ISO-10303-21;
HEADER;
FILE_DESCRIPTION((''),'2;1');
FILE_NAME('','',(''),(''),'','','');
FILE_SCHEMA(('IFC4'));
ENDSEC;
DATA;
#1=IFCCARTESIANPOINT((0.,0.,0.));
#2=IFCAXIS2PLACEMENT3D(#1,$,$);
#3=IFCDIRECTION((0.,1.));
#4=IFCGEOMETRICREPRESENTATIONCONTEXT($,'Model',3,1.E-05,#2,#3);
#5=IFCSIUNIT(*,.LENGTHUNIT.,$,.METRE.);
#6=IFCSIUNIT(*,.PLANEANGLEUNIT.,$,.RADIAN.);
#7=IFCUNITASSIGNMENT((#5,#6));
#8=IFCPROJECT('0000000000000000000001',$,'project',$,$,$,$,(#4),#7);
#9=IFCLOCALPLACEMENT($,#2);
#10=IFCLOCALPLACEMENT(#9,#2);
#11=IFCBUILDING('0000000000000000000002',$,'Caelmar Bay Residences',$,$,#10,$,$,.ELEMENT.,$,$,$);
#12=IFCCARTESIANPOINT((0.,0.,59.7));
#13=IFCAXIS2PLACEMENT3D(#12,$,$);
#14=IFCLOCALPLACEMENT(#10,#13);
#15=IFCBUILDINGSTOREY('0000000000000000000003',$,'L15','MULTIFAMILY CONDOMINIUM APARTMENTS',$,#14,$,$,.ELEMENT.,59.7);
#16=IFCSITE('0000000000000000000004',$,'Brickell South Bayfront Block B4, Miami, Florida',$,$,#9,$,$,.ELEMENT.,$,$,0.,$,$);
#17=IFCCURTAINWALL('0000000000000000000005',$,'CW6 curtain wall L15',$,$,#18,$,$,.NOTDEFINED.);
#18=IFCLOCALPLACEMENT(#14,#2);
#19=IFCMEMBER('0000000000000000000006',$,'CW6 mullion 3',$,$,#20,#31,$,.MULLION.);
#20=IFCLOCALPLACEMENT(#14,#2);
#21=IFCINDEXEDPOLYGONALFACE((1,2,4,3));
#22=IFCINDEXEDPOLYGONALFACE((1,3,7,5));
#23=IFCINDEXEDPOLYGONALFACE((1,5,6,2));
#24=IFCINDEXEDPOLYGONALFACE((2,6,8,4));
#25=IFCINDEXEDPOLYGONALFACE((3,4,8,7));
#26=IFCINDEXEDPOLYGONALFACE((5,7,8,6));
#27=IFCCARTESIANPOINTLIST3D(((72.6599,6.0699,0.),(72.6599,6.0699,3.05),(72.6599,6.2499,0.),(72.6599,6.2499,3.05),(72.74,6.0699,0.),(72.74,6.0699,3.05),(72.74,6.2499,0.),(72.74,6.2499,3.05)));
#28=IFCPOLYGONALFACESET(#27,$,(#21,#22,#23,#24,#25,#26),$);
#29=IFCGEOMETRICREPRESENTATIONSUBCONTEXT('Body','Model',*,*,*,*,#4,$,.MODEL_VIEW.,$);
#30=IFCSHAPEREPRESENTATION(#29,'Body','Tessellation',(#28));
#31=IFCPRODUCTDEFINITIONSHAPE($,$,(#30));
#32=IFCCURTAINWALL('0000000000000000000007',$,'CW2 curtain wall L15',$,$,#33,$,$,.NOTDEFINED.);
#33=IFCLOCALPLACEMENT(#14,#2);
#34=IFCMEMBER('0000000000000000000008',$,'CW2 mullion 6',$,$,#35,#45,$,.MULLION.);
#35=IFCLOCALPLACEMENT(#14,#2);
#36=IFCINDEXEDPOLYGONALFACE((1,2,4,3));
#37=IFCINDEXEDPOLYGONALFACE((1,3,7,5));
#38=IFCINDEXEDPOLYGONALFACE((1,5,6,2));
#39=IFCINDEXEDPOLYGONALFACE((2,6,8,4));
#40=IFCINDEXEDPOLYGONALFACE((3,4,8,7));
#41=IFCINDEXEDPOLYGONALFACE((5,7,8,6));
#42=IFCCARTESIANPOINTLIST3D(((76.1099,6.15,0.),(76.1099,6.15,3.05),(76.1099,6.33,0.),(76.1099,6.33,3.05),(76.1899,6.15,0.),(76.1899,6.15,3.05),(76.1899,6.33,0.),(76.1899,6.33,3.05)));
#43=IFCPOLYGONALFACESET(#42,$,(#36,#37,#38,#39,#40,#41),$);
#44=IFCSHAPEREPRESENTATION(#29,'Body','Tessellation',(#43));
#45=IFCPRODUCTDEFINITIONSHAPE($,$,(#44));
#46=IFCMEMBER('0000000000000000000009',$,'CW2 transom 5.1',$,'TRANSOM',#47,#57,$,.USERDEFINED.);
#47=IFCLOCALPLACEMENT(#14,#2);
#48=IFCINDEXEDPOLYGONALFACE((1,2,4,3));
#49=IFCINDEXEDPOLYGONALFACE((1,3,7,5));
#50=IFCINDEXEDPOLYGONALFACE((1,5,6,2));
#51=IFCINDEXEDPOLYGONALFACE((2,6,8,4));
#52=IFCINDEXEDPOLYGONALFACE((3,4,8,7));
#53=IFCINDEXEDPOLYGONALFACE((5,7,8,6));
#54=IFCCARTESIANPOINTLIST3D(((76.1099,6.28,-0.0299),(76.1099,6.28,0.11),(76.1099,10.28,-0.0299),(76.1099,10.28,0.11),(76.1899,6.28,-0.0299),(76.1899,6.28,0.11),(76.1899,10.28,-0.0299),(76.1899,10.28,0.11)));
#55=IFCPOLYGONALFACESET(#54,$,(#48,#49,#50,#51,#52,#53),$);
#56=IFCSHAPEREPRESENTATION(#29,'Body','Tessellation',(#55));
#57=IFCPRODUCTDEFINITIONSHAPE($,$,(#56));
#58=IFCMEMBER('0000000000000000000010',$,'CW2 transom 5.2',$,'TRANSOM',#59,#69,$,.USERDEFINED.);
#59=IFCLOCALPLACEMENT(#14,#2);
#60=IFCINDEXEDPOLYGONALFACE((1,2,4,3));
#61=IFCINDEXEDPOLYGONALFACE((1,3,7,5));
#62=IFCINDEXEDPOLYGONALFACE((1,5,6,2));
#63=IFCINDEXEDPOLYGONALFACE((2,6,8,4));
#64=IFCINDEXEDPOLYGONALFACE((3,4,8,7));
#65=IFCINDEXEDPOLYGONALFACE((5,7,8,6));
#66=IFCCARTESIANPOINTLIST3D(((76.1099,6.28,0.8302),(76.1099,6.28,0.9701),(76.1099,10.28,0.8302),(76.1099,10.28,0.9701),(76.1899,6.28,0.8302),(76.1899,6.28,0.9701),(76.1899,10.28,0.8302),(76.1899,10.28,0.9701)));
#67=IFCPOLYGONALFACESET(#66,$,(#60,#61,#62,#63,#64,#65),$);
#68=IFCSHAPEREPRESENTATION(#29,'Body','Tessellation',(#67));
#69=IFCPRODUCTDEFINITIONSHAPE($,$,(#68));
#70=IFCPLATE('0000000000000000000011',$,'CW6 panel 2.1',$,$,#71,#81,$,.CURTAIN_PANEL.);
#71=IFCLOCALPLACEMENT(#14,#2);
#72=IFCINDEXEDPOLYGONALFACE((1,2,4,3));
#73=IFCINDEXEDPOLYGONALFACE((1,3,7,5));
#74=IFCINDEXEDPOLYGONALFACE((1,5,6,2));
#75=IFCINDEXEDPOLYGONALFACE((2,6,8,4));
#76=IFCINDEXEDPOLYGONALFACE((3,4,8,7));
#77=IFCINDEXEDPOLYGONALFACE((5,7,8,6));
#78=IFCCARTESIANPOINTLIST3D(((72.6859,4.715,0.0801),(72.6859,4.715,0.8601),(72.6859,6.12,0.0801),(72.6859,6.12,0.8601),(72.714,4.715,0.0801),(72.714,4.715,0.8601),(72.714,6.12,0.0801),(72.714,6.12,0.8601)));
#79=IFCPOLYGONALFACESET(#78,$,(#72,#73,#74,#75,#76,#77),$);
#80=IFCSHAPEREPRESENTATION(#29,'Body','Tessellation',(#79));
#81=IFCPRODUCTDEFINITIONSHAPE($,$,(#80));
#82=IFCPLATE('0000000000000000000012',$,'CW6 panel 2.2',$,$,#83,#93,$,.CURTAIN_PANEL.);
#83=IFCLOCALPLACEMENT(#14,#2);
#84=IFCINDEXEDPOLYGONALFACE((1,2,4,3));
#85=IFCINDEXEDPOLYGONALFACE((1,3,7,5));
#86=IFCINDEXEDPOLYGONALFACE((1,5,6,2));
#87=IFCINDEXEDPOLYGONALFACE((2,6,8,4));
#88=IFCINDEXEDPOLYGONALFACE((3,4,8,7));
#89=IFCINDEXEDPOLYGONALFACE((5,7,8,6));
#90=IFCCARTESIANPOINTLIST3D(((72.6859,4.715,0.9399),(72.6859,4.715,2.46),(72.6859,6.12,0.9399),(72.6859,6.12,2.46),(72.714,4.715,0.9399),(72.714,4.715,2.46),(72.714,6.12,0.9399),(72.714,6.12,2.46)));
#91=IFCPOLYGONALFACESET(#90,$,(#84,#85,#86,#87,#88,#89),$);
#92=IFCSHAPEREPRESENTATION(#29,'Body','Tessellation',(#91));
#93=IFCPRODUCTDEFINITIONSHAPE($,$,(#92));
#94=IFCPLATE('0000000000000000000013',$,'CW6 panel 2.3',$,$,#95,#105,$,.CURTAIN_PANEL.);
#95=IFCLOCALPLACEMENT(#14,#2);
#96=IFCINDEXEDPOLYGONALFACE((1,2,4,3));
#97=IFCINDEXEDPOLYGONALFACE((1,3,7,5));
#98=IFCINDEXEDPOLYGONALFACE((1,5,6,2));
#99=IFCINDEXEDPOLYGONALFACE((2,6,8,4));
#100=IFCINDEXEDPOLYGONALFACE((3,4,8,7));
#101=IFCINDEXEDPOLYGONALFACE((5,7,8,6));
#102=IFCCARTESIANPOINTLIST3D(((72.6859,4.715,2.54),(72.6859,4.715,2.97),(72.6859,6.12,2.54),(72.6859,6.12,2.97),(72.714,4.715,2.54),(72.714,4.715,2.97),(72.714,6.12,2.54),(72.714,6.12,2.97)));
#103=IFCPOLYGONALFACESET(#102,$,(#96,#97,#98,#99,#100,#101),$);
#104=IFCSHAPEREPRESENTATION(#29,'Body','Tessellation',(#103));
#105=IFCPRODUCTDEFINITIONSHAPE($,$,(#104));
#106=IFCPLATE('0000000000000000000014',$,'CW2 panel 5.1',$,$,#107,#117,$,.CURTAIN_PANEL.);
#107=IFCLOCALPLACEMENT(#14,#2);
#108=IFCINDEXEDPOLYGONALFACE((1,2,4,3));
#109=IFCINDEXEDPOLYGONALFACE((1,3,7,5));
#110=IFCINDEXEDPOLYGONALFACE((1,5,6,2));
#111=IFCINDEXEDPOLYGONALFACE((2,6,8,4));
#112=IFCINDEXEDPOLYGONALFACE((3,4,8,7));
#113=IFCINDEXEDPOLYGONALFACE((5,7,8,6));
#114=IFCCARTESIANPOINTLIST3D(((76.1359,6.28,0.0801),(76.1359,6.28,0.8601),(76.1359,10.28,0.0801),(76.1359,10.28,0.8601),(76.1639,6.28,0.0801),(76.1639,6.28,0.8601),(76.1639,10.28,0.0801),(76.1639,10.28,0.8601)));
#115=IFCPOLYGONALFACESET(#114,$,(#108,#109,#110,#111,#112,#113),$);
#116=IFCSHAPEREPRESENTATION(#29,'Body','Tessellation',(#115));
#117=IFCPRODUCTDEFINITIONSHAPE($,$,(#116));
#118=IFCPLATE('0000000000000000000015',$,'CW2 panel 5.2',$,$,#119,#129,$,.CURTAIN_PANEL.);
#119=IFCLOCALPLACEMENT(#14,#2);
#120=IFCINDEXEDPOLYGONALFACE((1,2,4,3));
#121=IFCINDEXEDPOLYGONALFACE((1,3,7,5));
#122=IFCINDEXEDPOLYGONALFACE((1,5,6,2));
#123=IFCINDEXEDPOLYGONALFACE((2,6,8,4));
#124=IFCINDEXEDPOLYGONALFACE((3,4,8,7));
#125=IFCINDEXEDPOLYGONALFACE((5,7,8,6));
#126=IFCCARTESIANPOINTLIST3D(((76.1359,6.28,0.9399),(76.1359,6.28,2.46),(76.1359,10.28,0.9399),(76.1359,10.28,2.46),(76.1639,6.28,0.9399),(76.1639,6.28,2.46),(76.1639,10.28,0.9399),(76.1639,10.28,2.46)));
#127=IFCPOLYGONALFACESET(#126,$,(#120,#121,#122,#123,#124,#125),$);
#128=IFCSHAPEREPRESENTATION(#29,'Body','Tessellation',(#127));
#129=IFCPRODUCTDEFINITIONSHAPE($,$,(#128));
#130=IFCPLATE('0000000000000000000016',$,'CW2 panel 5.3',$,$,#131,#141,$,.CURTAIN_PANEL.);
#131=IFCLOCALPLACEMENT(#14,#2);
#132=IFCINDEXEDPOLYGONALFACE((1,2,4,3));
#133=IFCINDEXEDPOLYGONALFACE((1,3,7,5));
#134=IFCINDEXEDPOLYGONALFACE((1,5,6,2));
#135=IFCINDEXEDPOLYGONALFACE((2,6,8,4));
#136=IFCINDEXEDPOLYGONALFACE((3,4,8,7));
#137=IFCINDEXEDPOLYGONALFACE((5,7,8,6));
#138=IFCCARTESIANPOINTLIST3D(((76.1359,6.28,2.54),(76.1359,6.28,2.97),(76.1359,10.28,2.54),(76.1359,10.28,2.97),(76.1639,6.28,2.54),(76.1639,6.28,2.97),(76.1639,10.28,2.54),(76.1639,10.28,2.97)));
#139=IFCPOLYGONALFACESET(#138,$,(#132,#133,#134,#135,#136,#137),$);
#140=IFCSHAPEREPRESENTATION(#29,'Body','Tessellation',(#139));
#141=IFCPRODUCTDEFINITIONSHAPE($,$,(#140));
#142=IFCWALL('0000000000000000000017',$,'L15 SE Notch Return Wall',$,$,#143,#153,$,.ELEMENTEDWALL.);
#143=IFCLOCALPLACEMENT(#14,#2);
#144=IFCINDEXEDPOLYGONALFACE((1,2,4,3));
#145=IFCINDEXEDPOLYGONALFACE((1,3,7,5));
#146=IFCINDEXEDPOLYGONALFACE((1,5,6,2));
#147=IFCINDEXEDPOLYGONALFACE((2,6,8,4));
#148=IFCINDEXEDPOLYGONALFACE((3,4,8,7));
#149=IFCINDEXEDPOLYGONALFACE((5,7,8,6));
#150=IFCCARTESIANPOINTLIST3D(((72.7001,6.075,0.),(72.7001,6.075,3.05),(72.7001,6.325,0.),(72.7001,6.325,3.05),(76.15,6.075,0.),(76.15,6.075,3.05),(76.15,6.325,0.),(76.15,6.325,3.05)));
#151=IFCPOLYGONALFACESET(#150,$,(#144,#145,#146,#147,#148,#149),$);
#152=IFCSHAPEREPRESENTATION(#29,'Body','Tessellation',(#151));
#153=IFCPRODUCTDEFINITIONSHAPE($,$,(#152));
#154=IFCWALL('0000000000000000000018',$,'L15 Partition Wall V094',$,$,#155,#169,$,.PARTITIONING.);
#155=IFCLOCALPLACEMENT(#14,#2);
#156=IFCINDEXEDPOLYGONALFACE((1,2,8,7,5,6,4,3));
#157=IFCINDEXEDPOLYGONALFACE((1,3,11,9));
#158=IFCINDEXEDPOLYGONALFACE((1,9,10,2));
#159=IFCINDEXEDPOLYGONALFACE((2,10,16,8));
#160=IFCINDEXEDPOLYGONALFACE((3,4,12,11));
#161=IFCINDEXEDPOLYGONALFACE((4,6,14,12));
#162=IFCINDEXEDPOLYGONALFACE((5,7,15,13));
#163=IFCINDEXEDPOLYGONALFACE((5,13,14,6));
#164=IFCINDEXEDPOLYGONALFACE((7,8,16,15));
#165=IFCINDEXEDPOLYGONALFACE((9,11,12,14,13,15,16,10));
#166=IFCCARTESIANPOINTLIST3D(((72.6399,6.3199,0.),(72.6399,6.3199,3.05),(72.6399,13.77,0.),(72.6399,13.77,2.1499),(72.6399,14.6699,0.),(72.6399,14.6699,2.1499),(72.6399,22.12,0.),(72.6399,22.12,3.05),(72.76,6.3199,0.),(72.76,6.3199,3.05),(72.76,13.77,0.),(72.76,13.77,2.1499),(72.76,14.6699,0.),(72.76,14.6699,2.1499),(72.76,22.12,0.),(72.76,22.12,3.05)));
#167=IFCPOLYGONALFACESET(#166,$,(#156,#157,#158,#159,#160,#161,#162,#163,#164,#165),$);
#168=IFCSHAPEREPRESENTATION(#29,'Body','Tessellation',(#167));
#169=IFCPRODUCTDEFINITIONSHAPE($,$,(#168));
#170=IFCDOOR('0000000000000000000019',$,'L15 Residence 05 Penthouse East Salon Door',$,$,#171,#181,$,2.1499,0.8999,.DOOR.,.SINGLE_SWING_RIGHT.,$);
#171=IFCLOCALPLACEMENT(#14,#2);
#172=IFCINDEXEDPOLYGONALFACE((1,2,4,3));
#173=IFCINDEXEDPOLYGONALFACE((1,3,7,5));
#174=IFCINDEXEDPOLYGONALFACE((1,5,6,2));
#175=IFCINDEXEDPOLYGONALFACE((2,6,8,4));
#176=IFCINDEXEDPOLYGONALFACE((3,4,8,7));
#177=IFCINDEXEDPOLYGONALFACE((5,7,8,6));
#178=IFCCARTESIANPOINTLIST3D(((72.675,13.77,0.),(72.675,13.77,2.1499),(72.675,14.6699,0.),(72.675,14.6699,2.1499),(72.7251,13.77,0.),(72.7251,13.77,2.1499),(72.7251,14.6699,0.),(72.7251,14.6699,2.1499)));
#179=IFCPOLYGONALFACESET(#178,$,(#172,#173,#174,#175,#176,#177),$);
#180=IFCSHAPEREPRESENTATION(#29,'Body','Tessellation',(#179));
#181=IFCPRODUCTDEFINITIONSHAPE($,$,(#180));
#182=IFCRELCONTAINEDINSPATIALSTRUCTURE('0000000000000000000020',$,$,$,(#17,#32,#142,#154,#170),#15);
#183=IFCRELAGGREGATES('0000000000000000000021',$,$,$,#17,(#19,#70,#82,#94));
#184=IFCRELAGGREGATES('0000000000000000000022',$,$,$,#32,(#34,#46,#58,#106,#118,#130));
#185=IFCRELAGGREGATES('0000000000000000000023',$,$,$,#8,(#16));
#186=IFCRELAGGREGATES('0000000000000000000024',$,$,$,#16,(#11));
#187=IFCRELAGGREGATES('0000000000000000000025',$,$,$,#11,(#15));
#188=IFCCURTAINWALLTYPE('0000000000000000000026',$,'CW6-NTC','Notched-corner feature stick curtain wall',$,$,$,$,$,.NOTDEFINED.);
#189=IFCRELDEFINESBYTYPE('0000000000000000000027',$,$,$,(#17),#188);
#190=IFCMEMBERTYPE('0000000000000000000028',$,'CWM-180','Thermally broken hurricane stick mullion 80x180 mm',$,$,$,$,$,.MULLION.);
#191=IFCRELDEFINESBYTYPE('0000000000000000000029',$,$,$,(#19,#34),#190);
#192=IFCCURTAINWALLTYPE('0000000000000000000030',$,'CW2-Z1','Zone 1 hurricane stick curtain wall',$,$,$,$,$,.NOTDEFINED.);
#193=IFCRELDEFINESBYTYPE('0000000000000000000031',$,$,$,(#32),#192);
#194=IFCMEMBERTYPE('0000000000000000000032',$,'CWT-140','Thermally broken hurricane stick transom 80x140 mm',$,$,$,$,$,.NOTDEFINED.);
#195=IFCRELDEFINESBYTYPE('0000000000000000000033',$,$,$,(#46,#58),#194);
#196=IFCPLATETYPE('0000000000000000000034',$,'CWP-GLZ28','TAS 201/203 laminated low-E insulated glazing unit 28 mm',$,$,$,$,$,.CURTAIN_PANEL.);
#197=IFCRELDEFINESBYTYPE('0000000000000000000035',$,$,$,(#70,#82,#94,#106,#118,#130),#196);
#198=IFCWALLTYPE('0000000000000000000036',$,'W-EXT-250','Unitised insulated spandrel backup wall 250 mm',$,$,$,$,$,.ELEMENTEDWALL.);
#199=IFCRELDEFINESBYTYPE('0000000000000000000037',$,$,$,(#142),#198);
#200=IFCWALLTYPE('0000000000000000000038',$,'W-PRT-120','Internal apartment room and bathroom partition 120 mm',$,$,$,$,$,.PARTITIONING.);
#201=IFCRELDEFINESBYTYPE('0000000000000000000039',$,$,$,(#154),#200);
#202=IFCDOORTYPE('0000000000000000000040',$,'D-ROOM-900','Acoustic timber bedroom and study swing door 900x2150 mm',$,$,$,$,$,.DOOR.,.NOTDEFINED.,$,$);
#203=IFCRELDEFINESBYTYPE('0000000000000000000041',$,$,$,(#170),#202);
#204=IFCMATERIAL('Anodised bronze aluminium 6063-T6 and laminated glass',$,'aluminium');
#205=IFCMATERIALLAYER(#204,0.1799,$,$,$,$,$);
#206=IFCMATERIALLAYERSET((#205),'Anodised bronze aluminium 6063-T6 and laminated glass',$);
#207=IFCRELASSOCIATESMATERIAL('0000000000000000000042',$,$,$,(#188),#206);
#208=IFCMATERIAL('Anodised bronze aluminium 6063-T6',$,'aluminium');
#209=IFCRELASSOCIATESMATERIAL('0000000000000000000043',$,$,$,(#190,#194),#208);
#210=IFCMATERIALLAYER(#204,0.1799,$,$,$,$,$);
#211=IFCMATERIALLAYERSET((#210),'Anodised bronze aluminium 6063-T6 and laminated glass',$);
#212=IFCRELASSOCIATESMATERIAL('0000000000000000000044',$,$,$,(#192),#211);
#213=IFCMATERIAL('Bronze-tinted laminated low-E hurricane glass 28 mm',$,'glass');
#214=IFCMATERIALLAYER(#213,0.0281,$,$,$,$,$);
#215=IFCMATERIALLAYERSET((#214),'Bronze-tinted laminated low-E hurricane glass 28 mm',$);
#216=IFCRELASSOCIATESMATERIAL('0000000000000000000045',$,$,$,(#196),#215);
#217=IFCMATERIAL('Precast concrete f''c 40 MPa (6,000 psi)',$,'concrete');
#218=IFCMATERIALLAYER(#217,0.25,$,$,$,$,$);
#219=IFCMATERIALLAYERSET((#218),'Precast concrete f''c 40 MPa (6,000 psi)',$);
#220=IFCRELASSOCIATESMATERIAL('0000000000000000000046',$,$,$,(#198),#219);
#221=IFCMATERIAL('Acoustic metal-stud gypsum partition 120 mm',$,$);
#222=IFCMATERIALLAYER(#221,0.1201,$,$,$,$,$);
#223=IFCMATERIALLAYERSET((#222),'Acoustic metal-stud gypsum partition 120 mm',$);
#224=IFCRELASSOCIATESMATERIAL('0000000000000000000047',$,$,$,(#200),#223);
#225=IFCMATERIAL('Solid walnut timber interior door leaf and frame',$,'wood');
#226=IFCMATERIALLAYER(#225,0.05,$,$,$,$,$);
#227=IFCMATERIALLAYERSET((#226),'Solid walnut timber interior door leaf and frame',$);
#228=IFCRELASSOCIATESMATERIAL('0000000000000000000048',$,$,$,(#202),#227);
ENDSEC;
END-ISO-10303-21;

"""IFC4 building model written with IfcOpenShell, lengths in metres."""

from ifc_helpers import new_model, si_unit, direction, frame, frame_2d, origin, origin_2d, place, context, subcontext, project, spatial, rectangle, extrude, material, layer, layer_set, material_profile, profile_set, type_object, element, fill, aggregate, save


model = new_model("IFC4")

# Units and contexts
model_context = context("Model", 3, precision=1e-05, world=origin(), true_north=direction((0.0, 1.0)))
body_context = subcontext(model_context, "Body", "Model", "MODEL_VIEW")
ifc_project = project(units=[si_unit("LENGTHUNIT", "METRE"), si_unit("PLANEANGLEUNIT", "RADIAN")], contexts=[model_context])

# Site, building, storey
site_placement = place(None, origin())
site = spatial("IfcSite", under=ifc_project, at=site_placement, Name="Brickell South Bayfront Block B4, Miami, Florida", CompositionType="ELEMENT", RefElevation=0.0)
building_placement = place(site_placement, origin())
building = spatial("IfcBuilding", under=site, at=building_placement, Name="Caelmar Bay Residences", CompositionType="ELEMENT")
storey_placement = place(building_placement, frame((0.0, 0.0, 59.7)))
storey = spatial("IfcBuildingStorey", under=building, at=storey_placement, Name="L15", Description="MULTIFAMILY CONDOMINIUM APARTMENTS", CompositionType="ELEMENT", Elevation=59.7)

# Curtain wall, member
ifc_material_1 = material(Name="Anodised bronze aluminium 6063-T6 and laminated glass", Category="aluminium")
ifc_layer_1 = layer(ifc_material_1, 0.1799)
ifc_layer_set_1 = layer_set([ifc_layer_1], Name="Anodised bronze aluminium 6063-T6 and laminated glass")
curtain_wall_type_1 = type_object("IfcCurtainWallType", Name="CW6-NTC", Description="Notched-corner feature stick curtain wall", PredefinedType="NOTDEFINED", material=ifc_layer_set_1)
curtain_wall_1_placement = place(storey_placement, origin())
curtain_wall_1 = element("IfcCurtainWall", 1, at=curtain_wall_1_placement, inside=storey, type_object=curtain_wall_type_1, Name="CW6 curtain wall L15", PredefinedType="NOTDEFINED")
ifc_material_2 = material(Name="Anodised bronze aluminium 6063-T6", Category="aluminium")
ifc_material_profile_1 = material_profile(ifc_material_2, rectangle(XDim=0.0801, YDim=0.1799, at=origin_2d()), Name="CWM-80X180")
ifc_profile_set_1 = profile_set([ifc_material_profile_1], Name="Anodised bronze aluminium 6063-T6")
member_type_1 = type_object("IfcMemberType", Name="CWM-180", Description="Thermally broken hurricane stick mullion 80x180 mm", PredefinedType="MULLION", material=ifc_profile_set_1)
member_1_placement = place(storey_placement, frame((72.7, 6.1599, 0.0), z_axis=(0.0, 0.0, 1.0), x_axis=(-1.0, 0.0, 0.0)))
member_1 = element("IfcMember", 2, at=member_1_placement, type_object=member_type_1, Name="CW6 mullion 3", PredefinedType="MULLION", context=body_context, shape_type="SweptSolid", body=[
    extrude(rectangle(XDim=0.0801, YDim=0.1799, at=origin_2d()), origin(), (0.0, 0.0, 1.0), 3.05),
])

# Curtain wall, members
ifc_layer_2 = layer(ifc_material_1, 0.1799)
ifc_layer_set_2 = layer_set([ifc_layer_2], Name="Anodised bronze aluminium 6063-T6 and laminated glass")
curtain_wall_type_2 = type_object("IfcCurtainWallType", Name="CW2-Z1", Description="Zone 1 hurricane stick curtain wall", PredefinedType="NOTDEFINED", material=ifc_layer_set_2)
curtain_wall_2_placement = place(storey_placement, origin())
curtain_wall_2 = element("IfcCurtainWall", 3, at=curtain_wall_2_placement, inside=storey, type_object=curtain_wall_type_2, Name="CW2 curtain wall L15", PredefinedType="NOTDEFINED")
member_2_placement = place(storey_placement, frame((76.1499, 6.24, 0.0), z_axis=(0.0, 0.0, 1.0), x_axis=(1.0, 0.0, 0.0)))
member_2 = element("IfcMember", 4, at=member_2_placement, type_object=member_type_1, Name="CW2 mullion 6", PredefinedType="MULLION", context=body_context, shape_type="SweptSolid", body=[
    extrude(rectangle(XDim=0.0801, YDim=0.1799, at=origin_2d()), origin(), (0.0, 0.0, 1.0), 3.05),
])
ifc_material_profile_2 = material_profile(ifc_material_2, rectangle(XDim=0.0801, YDim=0.1399, at=origin_2d()), Name="CWT-80X140")
ifc_profile_set_2 = profile_set([ifc_material_profile_2], Name="Anodised bronze aluminium 6063-T6")
member_type_2 = type_object("IfcMemberType", Name="CWT-140", Description="Thermally broken hurricane stick transom 80x140 mm", PredefinedType="NOTDEFINED", material=ifc_profile_set_2)
member_3_placement = place(storey_placement, frame((76.1499, 10.28, 0.04), z_axis=(0.0, -1.0, 0.0), x_axis=(1.0, 0.0, 0.0)))
member_3 = element("IfcMember", 5, at=member_3_placement, type_object=member_type_2, Name="CW2 transom 5.1", ObjectType="TRANSOM", PredefinedType="USERDEFINED", context=body_context, shape_type="SweptSolid", body=[
    extrude(rectangle(XDim=0.0801, YDim=0.1399, at=origin_2d()), origin(), (0.0, 0.0, 1.0), 4.0),
])
member_4_placement = place(storey_placement, frame((76.1499, 10.28, 0.9001), z_axis=(0.0, -1.0, 0.0), x_axis=(1.0, 0.0, 0.0)))
member_4 = element("IfcMember", 6, at=member_4_placement, type_object=member_type_2, Name="CW2 transom 5.2", ObjectType="TRANSOM", PredefinedType="USERDEFINED", context=body_context, shape_type="SweptSolid", body=[
    extrude(rectangle(XDim=0.0801, YDim=0.1399, at=origin_2d()), origin(), (0.0, 0.0, 1.0), 4.0),
])

# Plates
ifc_material_3 = material(Name="Bronze-tinted laminated low-E hurricane glass 28 mm", Category="glass")
ifc_layer_3 = layer(ifc_material_3, 0.0281)
ifc_layer_set_3 = layer_set([ifc_layer_3], Name="Bronze-tinted laminated low-E hurricane glass 28 mm")
plate_type = type_object("IfcPlateType", Name="CWP-GLZ28", Description="TAS 201/203 laminated low-E insulated glazing unit 28 mm", PredefinedType="CURTAIN_PANEL", material=ifc_layer_set_3)
plate_1_placement = place(storey_placement, frame((72.7, 5.4175, 0.0801), z_axis=(0.0, 0.0, 1.0), x_axis=(0.0, 1.0, 0.0)))
plate_1 = element("IfcPlate", 7, at=plate_1_placement, type_object=plate_type, Name="CW6 panel 2.1", PredefinedType="CURTAIN_PANEL", context=body_context, shape_type="SweptSolid", body=[
    extrude(rectangle(XDim=1.405, YDim=0.0281, at=origin_2d()), origin(), (0.0, 0.0, 1.0), 0.78),
])
plate_2_placement = place(storey_placement, frame((72.7, 5.4175, 0.9399), z_axis=(0.0, 0.0, 1.0), x_axis=(0.0, 1.0, 0.0)))
plate_2 = element("IfcPlate", 8, at=plate_2_placement, type_object=plate_type, Name="CW6 panel 2.2", PredefinedType="CURTAIN_PANEL", context=body_context, shape_type="SweptSolid", body=[
    extrude(rectangle(XDim=1.405, YDim=0.0281, at=origin_2d()), origin(), (0.0, 0.0, 1.0), 1.52),
])
plate_3_placement = place(storey_placement, frame((72.7, 5.4175, 2.54), z_axis=(0.0, 0.0, 1.0), x_axis=(0.0, 1.0, 0.0)))
plate_3 = element("IfcPlate", 9, at=plate_3_placement, type_object=plate_type, Name="CW6 panel 2.3", PredefinedType="CURTAIN_PANEL", context=body_context, shape_type="SweptSolid", body=[
    extrude(rectangle(XDim=1.405, YDim=0.0281, at=origin_2d()), origin(), (0.0, 0.0, 1.0), 0.4299),
])
aggregate(curtain_wall_1, [member_1, plate_1, plate_2, plate_3])
plate_4_placement = place(storey_placement, frame((76.1499, 8.28, 0.0801), z_axis=(0.0, 0.0, 1.0), x_axis=(0.0, -1.0, 0.0)))
plate_4 = element("IfcPlate", 10, at=plate_4_placement, type_object=plate_type, Name="CW2 panel 5.1", PredefinedType="CURTAIN_PANEL", context=body_context, shape_type="SweptSolid", body=[
    extrude(rectangle(XDim=4.0, YDim=0.0281, at=origin_2d()), origin(), (0.0, 0.0, 1.0), 0.78),
])
plate_5_placement = place(storey_placement, frame((76.1499, 8.28, 0.9399), z_axis=(0.0, 0.0, 1.0), x_axis=(0.0, -1.0, 0.0)))
plate_5 = element("IfcPlate", 11, at=plate_5_placement, type_object=plate_type, Name="CW2 panel 5.2", PredefinedType="CURTAIN_PANEL", context=body_context, shape_type="SweptSolid", body=[
    extrude(rectangle(XDim=4.0, YDim=0.0281, at=origin_2d()), origin(), (0.0, 0.0, 1.0), 1.52),
])
plate_6_placement = place(storey_placement, frame((76.1499, 8.28, 2.54), z_axis=(0.0, 0.0, 1.0), x_axis=(0.0, -1.0, 0.0)))
plate_6 = element("IfcPlate", 12, at=plate_6_placement, type_object=plate_type, Name="CW2 panel 5.3", PredefinedType="CURTAIN_PANEL", context=body_context, shape_type="SweptSolid", body=[
    extrude(rectangle(XDim=4.0, YDim=0.0281, at=origin_2d()), origin(), (0.0, 0.0, 1.0), 0.4299),
])
aggregate(curtain_wall_2, [member_2, member_3, member_4, plate_4, plate_5, plate_6])

# Wall
ifc_material_4 = material(Name="Precast concrete f'c 40 MPa (6,000 psi)", Category="concrete")
ifc_layer_4 = layer(ifc_material_4, 0.25)
ifc_layer_set_4 = layer_set([ifc_layer_4], Name="Precast concrete f'c 40 MPa (6,000 psi)")
wall_type_1 = type_object("IfcWallType", Name="W-EXT-250", Description="Unitised insulated spandrel backup wall 250 mm", PredefinedType="ELEMENTEDWALL", material=ifc_layer_set_4)
wall_1_placement = place(storey_placement, frame((72.7, 6.2, 0.0), z_axis=(0.0, 0.0, 1.0), x_axis=(1.0, 0.0, 0.0)))
element("IfcWall", 13, at=wall_1_placement, inside=storey, type_object=wall_type_1, Name="L15 SE Notch Return Wall", PredefinedType="ELEMENTEDWALL", context=body_context, shape_type="SweptSolid", body=[
    extrude(rectangle(XDim=3.45, YDim=0.25, at=frame_2d((1.7251, 0.0))), origin(), (0.0, 0.0, 1.0), 3.05),
])

# Wall, opening, door
ifc_material_5 = material(Name="Acoustic metal-stud gypsum partition 120 mm")
ifc_layer_5 = layer(ifc_material_5, 0.1201)
ifc_layer_set_5 = layer_set([ifc_layer_5], Name="Acoustic metal-stud gypsum partition 120 mm")
wall_type_2 = type_object("IfcWallType", Name="W-PRT-120", Description="Internal apartment room and bathroom partition 120 mm", PredefinedType="PARTITIONING", material=ifc_layer_set_5)
wall_2_placement = place(storey_placement, frame((72.7, 6.3201, 0.0), z_axis=(0.0, 0.0, 1.0), x_axis=(0.0, 1.0, 0.0)))
wall_2 = element("IfcWall", 14, at=wall_2_placement, inside=storey, type_object=wall_type_2, Name="L15 Partition Wall V094", PredefinedType="PARTITIONING", context=body_context, shape_type="SweptSolid", body=[
    extrude(rectangle(XDim=15.8, YDim=0.1201, at=frame_2d((7.8999, 0.0))), origin(), (0.0, 0.0, 1.0), 3.05),
])
opening_placement = place(wall_2_placement, frame((7.45, 0.0, 0.0)))
opening = element("IfcOpeningElement", 15, at=opening_placement, cuts=wall_2, PredefinedType="OPENING", context=body_context, shape_type="SweptSolid", body=[
    extrude(rectangle(XDim=0.8999, YDim=2.1499, at=frame_2d((0.45, 1.075))), frame((0.0, 0.0701, 0.0), z_axis=(0.0, -1.0, 0.0), x_axis=(1.0, 0.0, 0.0)), (0.0, 0.0, 1.0), 0.1401),
])
ifc_material_6 = material(Name="Solid walnut timber interior door leaf and frame", Category="wood")
ifc_layer_6 = layer(ifc_material_6, 0.05)
ifc_layer_set_6 = layer_set([ifc_layer_6], Name="Solid walnut timber interior door leaf and frame")
door_type = type_object("IfcDoorType", Name="D-ROOM-900", Description="Acoustic timber bedroom and study swing door 900x2150 mm", OperationType="NOTDEFINED", PredefinedType="DOOR", material=ifc_layer_set_6)
door_placement = place(opening_placement, origin())
door = element("IfcDoor", 16, at=door_placement, inside=storey, type_object=door_type, Name="L15 Residence 05 Penthouse East Salon Door", OperationType="SINGLE_SWING_RIGHT", OverallHeight=2.1499, OverallWidth=0.8999, PredefinedType="DOOR", context=body_context, shape_type="SweptSolid", body=[
    extrude(rectangle(XDim=0.8999, YDim=2.1499, at=frame_2d((0.45, 1.075))), frame((0.0, 0.0249, 0.0), z_axis=(0.0, -1.0, 0.0), x_axis=(1.0, 0.0, 0.0)), (0.0, 0.0, 1.0), 0.05),
])
fill(opening, door)

save(model, "model.ifc")
